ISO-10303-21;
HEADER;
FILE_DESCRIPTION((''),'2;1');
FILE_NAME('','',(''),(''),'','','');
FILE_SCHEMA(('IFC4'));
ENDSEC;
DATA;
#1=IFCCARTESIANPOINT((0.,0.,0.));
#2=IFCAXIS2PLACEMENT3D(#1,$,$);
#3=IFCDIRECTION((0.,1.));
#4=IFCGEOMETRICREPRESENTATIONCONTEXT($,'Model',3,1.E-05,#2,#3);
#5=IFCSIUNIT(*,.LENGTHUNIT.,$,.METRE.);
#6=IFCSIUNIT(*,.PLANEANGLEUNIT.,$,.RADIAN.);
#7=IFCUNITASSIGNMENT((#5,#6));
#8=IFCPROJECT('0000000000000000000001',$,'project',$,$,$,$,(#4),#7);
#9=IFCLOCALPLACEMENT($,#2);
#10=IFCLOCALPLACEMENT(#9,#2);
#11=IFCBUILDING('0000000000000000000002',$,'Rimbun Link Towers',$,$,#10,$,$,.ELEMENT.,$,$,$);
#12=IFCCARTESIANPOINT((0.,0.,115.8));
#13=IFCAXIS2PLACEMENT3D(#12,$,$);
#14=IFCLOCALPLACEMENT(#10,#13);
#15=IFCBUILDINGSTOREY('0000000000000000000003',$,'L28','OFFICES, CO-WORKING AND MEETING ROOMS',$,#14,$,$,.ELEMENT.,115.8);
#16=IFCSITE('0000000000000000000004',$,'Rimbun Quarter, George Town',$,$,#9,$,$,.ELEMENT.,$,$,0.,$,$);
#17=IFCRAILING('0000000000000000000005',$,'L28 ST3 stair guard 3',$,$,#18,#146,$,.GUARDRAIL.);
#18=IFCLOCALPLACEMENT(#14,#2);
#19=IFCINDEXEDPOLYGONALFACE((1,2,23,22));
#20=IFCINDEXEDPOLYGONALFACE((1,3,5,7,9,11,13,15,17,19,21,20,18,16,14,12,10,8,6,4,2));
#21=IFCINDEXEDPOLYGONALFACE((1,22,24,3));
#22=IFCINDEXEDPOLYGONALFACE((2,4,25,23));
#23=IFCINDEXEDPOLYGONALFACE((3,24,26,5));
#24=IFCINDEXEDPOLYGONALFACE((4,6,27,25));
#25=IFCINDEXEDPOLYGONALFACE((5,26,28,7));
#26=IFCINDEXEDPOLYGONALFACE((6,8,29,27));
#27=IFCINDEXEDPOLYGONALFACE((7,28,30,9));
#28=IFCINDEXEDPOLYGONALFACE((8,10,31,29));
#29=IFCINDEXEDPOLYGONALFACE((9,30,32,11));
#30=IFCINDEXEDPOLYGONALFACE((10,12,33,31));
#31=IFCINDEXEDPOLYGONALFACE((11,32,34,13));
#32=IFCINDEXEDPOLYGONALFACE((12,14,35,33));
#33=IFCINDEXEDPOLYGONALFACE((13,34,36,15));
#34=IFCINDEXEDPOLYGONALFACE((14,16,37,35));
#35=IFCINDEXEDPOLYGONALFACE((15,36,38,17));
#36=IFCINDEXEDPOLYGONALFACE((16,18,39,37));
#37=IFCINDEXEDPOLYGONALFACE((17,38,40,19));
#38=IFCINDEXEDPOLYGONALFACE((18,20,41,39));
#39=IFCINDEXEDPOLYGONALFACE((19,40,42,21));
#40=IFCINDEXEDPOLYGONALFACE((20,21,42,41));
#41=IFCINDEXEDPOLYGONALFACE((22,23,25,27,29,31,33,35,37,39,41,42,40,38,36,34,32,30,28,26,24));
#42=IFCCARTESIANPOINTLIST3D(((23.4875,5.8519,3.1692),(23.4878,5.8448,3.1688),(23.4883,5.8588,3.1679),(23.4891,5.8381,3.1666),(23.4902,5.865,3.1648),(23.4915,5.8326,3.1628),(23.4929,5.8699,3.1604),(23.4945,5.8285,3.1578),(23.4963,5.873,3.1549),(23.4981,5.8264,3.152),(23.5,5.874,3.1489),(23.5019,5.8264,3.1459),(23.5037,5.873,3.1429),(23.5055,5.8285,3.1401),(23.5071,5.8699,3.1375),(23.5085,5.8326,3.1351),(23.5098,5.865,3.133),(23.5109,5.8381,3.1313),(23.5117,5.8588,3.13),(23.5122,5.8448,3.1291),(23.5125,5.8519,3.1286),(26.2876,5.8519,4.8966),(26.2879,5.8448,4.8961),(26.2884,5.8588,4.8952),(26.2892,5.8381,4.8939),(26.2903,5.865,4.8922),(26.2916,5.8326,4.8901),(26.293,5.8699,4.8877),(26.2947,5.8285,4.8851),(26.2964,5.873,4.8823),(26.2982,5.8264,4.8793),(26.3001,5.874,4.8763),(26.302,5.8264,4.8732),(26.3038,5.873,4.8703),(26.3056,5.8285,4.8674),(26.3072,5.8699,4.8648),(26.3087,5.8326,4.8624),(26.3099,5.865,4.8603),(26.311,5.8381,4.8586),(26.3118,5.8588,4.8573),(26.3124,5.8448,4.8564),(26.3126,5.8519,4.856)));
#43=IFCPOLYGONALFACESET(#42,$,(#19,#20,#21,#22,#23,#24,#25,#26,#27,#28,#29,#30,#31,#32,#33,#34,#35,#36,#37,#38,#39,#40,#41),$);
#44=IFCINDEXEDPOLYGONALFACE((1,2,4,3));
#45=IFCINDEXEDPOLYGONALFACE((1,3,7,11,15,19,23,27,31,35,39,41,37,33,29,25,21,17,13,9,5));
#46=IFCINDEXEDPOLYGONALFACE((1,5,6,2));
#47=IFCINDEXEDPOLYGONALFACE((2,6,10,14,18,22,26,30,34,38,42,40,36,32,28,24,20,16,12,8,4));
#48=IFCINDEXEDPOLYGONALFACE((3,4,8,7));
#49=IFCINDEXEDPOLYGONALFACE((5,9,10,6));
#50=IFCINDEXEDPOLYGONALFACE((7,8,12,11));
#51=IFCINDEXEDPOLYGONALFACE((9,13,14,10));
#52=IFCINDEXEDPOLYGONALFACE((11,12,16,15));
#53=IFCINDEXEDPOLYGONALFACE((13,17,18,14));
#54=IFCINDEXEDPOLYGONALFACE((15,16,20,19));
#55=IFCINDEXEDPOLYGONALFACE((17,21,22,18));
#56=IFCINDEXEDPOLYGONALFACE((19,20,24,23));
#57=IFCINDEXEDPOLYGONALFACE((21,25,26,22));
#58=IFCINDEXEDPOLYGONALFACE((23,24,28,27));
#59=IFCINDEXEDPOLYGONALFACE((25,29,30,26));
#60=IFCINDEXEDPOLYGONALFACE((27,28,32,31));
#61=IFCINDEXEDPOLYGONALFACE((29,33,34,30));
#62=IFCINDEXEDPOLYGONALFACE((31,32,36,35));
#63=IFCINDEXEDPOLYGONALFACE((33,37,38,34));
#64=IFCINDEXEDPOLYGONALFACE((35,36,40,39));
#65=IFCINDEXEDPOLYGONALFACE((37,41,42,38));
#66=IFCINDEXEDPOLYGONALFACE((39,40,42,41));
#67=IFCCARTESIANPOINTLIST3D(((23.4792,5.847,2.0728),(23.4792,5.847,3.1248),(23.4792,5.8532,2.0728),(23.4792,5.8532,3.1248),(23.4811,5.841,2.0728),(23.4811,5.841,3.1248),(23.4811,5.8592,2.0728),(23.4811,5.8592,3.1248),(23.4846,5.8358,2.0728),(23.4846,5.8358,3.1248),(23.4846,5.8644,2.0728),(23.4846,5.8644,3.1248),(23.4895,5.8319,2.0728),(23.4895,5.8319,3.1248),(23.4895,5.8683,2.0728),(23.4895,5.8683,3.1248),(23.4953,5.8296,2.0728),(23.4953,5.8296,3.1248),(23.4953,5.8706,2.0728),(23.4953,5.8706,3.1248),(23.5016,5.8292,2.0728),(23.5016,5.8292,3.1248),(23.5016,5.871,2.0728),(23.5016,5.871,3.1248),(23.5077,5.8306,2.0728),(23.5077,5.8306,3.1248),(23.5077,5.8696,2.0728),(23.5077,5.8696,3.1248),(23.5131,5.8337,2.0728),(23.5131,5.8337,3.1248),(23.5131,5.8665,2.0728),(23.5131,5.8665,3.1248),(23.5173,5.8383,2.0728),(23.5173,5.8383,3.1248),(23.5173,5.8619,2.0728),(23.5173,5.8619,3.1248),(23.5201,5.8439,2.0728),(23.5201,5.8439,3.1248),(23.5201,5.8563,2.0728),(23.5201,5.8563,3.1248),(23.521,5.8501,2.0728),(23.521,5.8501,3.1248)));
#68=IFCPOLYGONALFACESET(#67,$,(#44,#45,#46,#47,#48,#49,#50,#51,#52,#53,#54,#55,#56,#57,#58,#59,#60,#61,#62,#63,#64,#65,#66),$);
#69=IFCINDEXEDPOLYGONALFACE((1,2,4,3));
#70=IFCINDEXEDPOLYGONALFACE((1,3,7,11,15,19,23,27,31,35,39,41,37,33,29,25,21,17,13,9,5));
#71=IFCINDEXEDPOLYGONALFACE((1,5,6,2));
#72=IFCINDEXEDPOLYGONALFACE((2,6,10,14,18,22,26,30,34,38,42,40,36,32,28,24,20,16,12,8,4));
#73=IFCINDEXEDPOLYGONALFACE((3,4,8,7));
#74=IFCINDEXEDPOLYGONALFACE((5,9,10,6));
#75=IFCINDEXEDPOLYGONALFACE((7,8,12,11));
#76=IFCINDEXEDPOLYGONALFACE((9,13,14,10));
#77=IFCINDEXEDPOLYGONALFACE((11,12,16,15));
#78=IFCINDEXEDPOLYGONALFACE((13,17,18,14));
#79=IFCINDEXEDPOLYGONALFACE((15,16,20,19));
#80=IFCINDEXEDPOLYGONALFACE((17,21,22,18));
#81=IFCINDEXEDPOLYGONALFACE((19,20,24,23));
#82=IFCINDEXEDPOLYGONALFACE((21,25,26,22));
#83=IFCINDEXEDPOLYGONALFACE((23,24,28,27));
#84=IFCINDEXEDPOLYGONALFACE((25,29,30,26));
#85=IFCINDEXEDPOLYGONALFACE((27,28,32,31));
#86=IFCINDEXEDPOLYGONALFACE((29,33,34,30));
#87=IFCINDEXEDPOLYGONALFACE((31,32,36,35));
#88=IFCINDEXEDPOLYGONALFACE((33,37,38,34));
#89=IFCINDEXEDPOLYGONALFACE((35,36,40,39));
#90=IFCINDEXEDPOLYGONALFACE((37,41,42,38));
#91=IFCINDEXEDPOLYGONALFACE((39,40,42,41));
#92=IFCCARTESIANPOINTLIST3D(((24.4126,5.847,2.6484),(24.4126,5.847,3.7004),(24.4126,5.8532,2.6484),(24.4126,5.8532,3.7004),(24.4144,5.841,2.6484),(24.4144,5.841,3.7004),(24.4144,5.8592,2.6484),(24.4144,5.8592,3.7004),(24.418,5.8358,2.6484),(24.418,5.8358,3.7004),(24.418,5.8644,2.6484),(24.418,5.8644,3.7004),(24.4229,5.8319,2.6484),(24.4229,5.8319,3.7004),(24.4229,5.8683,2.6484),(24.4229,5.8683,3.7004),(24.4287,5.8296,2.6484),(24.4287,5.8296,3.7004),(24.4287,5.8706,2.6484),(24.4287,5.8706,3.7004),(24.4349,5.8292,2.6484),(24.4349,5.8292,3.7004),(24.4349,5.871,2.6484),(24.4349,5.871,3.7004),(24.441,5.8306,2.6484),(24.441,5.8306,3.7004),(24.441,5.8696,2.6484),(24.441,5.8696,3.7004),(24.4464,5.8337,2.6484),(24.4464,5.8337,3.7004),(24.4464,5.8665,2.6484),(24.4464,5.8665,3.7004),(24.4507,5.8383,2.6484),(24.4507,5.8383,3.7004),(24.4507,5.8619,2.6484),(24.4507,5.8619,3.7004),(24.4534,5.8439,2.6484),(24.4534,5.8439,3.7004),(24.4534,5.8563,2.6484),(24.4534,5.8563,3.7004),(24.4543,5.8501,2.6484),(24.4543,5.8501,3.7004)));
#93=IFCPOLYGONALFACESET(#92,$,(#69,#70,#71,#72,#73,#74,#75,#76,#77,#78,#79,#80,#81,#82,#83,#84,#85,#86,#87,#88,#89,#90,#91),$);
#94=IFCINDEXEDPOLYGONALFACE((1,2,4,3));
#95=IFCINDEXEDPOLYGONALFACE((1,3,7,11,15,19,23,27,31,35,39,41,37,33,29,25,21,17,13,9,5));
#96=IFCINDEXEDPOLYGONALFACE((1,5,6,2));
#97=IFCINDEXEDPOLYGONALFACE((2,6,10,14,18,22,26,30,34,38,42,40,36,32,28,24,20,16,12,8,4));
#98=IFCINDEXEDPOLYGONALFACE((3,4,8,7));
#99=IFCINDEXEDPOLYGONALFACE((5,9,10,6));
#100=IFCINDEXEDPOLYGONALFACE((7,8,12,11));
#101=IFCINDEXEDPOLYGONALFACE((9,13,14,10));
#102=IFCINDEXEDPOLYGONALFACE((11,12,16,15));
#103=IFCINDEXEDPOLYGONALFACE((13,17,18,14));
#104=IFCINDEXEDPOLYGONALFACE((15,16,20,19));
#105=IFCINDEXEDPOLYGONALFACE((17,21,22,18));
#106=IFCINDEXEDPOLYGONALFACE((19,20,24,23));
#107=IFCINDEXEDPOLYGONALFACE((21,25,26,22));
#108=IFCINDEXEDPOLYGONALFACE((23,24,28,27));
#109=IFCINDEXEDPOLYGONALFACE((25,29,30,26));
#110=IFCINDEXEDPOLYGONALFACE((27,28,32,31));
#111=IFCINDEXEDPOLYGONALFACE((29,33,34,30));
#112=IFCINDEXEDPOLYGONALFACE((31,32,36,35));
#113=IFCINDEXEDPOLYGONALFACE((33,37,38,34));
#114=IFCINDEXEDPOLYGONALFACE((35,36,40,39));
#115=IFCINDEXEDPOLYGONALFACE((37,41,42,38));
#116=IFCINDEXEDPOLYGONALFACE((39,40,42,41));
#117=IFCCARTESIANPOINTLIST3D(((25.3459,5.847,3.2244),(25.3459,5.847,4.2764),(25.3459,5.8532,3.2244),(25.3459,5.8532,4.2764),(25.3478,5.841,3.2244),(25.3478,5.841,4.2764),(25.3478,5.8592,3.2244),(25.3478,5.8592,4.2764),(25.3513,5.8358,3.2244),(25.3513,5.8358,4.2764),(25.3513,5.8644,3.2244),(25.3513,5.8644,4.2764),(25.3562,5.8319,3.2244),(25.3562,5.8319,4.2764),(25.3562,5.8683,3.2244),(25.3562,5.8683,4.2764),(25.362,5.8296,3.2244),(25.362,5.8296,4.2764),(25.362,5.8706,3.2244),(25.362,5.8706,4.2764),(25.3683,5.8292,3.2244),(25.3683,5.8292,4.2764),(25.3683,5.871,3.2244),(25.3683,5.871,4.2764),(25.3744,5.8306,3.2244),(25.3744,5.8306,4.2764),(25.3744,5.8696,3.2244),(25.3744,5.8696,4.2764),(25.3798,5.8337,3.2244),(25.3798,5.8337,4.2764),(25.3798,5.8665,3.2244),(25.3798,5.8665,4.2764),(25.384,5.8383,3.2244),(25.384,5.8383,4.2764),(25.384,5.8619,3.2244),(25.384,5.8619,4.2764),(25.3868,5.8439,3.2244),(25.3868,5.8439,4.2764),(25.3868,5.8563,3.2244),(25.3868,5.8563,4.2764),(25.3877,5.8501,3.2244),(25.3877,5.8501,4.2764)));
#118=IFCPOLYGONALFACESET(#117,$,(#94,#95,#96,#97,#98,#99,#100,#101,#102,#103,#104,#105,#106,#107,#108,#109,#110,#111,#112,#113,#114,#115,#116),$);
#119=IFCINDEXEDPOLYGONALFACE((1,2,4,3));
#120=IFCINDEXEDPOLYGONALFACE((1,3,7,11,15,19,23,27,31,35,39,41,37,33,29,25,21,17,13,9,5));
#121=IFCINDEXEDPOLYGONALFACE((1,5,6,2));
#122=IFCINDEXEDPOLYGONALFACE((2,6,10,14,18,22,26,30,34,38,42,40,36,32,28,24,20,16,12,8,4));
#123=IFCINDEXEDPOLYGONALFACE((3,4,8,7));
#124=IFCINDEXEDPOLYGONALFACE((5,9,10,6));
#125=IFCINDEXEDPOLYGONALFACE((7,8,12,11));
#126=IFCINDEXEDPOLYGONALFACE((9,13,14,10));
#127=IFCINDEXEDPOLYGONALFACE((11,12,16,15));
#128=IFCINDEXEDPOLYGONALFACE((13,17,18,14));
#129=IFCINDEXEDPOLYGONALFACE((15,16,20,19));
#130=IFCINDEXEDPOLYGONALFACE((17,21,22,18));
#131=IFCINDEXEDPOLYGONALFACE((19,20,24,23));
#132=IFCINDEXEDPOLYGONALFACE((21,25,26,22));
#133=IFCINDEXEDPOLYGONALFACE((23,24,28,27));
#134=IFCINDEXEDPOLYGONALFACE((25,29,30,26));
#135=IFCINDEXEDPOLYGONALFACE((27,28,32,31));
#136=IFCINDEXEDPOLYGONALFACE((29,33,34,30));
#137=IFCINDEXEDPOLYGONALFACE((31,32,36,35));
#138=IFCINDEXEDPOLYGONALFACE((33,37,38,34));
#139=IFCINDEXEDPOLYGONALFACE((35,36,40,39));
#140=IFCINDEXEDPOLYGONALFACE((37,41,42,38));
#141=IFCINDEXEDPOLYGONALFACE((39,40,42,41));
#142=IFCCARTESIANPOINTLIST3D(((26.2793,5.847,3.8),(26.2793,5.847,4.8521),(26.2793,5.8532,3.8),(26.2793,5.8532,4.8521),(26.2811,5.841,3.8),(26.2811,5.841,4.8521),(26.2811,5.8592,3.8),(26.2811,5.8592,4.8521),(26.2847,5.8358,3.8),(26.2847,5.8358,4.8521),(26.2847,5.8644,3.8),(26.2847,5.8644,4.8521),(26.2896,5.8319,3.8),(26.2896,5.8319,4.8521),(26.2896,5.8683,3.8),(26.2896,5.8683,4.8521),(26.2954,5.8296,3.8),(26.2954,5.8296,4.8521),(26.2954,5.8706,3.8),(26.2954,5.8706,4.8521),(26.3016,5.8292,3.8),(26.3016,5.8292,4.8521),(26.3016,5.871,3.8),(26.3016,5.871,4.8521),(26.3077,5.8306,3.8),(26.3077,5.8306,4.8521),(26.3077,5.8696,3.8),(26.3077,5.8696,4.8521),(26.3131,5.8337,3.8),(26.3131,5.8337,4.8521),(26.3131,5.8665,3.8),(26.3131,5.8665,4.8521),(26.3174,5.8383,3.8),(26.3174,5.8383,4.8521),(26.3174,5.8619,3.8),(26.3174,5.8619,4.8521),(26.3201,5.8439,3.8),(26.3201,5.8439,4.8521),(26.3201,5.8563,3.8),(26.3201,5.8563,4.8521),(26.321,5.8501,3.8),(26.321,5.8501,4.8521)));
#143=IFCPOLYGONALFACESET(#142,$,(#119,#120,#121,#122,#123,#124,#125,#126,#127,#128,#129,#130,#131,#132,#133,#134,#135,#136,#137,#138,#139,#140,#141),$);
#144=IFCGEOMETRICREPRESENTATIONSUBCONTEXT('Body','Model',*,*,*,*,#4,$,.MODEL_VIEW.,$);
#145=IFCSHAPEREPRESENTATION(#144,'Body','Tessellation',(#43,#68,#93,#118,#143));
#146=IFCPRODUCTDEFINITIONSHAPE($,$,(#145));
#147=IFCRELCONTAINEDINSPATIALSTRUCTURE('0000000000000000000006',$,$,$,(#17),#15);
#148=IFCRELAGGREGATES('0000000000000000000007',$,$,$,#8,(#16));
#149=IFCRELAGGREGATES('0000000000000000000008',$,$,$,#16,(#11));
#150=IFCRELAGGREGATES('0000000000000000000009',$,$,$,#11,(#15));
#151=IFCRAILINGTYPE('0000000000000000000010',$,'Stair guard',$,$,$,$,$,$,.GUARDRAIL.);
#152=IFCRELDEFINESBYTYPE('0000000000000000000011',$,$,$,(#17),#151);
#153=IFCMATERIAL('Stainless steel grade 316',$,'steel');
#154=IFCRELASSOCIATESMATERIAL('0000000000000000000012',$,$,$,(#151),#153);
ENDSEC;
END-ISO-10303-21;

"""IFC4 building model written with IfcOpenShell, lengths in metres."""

from ifc_helpers import new_model, si_unit, direction, frame, origin, origin_2d, place, context, subcontext, project, spatial, circle, extrude, material, type_object, element, save


model = new_model("IFC4")

# Units and contexts
model_context = context("Model", 3, precision=1e-05, world=origin(), true_north=direction((0.0, 1.0)))
body_context = subcontext(model_context, "Body", "Model", "MODEL_VIEW")
ifc_project = project(units=[si_unit("LENGTHUNIT", "METRE"), si_unit("PLANEANGLEUNIT", "RADIAN")], contexts=[model_context])

# Site, building, storey
site_placement = place(None, origin())
site = spatial("IfcSite", under=ifc_project, at=site_placement, Name="Rimbun Quarter, George Town", CompositionType="ELEMENT", RefElevation=0.0)
building_placement = place(site_placement, origin())
building = spatial("IfcBuilding", under=site, at=building_placement, Name="Rimbun Link Towers", CompositionType="ELEMENT")
storey_placement = place(building_placement, frame((0.0, 0.0, 115.8)))
storey = spatial("IfcBuildingStorey", under=building, at=storey_placement, Name="L28", Description="OFFICES, CO-WORKING AND MEETING ROOMS", CompositionType="ELEMENT", Elevation=115.8)

# Railing
ifc_material_1 = material(Name="Stainless steel grade 316", Category="steel")
railing_type_1 = type_object("IfcRailingType", Name="Stair guard", PredefinedType="GUARDRAIL", material=ifc_material_1)
railing_1_placement = place(storey_placement, frame((23.5, 5.8501, 2.0728)))
element("IfcRailing", 1, at=railing_1_placement, inside=storey, type_object=railing_type_1, Name="L28 ST3 stair guard 3", PredefinedType="GUARDRAIL", context=body_context, shape_type="SweptSolid", body=[
    extrude(circle(Radius=0.0239, at=origin_2d()), frame((0.0, 0.0, 1.0762), z_axis=(0.85109, 0.0, 0.52502), x_axis=(0.0, 1.0, 0.0)), (0.0, 0.0, 1.0), 3.29),
    extrude(circle(Radius=0.021, at=origin_2d()), origin(), (0.0, 0.0, 1.0), 1.052),
    extrude(circle(Radius=0.021, at=origin_2d()), frame((0.9333, 0.0, 0.5757)), (0.0, 0.0, 1.0), 1.052),
    extrude(circle(Radius=0.021, at=origin_2d()), frame((1.8667, 0.0, 1.1516)), (0.0, 0.0, 1.0), 1.052),
    extrude(circle(Radius=0.021, at=origin_2d()), frame((2.8, 0.0, 1.7273)), (0.0, 0.0, 1.0), 1.052),
])

save(model, "model.ifc")
